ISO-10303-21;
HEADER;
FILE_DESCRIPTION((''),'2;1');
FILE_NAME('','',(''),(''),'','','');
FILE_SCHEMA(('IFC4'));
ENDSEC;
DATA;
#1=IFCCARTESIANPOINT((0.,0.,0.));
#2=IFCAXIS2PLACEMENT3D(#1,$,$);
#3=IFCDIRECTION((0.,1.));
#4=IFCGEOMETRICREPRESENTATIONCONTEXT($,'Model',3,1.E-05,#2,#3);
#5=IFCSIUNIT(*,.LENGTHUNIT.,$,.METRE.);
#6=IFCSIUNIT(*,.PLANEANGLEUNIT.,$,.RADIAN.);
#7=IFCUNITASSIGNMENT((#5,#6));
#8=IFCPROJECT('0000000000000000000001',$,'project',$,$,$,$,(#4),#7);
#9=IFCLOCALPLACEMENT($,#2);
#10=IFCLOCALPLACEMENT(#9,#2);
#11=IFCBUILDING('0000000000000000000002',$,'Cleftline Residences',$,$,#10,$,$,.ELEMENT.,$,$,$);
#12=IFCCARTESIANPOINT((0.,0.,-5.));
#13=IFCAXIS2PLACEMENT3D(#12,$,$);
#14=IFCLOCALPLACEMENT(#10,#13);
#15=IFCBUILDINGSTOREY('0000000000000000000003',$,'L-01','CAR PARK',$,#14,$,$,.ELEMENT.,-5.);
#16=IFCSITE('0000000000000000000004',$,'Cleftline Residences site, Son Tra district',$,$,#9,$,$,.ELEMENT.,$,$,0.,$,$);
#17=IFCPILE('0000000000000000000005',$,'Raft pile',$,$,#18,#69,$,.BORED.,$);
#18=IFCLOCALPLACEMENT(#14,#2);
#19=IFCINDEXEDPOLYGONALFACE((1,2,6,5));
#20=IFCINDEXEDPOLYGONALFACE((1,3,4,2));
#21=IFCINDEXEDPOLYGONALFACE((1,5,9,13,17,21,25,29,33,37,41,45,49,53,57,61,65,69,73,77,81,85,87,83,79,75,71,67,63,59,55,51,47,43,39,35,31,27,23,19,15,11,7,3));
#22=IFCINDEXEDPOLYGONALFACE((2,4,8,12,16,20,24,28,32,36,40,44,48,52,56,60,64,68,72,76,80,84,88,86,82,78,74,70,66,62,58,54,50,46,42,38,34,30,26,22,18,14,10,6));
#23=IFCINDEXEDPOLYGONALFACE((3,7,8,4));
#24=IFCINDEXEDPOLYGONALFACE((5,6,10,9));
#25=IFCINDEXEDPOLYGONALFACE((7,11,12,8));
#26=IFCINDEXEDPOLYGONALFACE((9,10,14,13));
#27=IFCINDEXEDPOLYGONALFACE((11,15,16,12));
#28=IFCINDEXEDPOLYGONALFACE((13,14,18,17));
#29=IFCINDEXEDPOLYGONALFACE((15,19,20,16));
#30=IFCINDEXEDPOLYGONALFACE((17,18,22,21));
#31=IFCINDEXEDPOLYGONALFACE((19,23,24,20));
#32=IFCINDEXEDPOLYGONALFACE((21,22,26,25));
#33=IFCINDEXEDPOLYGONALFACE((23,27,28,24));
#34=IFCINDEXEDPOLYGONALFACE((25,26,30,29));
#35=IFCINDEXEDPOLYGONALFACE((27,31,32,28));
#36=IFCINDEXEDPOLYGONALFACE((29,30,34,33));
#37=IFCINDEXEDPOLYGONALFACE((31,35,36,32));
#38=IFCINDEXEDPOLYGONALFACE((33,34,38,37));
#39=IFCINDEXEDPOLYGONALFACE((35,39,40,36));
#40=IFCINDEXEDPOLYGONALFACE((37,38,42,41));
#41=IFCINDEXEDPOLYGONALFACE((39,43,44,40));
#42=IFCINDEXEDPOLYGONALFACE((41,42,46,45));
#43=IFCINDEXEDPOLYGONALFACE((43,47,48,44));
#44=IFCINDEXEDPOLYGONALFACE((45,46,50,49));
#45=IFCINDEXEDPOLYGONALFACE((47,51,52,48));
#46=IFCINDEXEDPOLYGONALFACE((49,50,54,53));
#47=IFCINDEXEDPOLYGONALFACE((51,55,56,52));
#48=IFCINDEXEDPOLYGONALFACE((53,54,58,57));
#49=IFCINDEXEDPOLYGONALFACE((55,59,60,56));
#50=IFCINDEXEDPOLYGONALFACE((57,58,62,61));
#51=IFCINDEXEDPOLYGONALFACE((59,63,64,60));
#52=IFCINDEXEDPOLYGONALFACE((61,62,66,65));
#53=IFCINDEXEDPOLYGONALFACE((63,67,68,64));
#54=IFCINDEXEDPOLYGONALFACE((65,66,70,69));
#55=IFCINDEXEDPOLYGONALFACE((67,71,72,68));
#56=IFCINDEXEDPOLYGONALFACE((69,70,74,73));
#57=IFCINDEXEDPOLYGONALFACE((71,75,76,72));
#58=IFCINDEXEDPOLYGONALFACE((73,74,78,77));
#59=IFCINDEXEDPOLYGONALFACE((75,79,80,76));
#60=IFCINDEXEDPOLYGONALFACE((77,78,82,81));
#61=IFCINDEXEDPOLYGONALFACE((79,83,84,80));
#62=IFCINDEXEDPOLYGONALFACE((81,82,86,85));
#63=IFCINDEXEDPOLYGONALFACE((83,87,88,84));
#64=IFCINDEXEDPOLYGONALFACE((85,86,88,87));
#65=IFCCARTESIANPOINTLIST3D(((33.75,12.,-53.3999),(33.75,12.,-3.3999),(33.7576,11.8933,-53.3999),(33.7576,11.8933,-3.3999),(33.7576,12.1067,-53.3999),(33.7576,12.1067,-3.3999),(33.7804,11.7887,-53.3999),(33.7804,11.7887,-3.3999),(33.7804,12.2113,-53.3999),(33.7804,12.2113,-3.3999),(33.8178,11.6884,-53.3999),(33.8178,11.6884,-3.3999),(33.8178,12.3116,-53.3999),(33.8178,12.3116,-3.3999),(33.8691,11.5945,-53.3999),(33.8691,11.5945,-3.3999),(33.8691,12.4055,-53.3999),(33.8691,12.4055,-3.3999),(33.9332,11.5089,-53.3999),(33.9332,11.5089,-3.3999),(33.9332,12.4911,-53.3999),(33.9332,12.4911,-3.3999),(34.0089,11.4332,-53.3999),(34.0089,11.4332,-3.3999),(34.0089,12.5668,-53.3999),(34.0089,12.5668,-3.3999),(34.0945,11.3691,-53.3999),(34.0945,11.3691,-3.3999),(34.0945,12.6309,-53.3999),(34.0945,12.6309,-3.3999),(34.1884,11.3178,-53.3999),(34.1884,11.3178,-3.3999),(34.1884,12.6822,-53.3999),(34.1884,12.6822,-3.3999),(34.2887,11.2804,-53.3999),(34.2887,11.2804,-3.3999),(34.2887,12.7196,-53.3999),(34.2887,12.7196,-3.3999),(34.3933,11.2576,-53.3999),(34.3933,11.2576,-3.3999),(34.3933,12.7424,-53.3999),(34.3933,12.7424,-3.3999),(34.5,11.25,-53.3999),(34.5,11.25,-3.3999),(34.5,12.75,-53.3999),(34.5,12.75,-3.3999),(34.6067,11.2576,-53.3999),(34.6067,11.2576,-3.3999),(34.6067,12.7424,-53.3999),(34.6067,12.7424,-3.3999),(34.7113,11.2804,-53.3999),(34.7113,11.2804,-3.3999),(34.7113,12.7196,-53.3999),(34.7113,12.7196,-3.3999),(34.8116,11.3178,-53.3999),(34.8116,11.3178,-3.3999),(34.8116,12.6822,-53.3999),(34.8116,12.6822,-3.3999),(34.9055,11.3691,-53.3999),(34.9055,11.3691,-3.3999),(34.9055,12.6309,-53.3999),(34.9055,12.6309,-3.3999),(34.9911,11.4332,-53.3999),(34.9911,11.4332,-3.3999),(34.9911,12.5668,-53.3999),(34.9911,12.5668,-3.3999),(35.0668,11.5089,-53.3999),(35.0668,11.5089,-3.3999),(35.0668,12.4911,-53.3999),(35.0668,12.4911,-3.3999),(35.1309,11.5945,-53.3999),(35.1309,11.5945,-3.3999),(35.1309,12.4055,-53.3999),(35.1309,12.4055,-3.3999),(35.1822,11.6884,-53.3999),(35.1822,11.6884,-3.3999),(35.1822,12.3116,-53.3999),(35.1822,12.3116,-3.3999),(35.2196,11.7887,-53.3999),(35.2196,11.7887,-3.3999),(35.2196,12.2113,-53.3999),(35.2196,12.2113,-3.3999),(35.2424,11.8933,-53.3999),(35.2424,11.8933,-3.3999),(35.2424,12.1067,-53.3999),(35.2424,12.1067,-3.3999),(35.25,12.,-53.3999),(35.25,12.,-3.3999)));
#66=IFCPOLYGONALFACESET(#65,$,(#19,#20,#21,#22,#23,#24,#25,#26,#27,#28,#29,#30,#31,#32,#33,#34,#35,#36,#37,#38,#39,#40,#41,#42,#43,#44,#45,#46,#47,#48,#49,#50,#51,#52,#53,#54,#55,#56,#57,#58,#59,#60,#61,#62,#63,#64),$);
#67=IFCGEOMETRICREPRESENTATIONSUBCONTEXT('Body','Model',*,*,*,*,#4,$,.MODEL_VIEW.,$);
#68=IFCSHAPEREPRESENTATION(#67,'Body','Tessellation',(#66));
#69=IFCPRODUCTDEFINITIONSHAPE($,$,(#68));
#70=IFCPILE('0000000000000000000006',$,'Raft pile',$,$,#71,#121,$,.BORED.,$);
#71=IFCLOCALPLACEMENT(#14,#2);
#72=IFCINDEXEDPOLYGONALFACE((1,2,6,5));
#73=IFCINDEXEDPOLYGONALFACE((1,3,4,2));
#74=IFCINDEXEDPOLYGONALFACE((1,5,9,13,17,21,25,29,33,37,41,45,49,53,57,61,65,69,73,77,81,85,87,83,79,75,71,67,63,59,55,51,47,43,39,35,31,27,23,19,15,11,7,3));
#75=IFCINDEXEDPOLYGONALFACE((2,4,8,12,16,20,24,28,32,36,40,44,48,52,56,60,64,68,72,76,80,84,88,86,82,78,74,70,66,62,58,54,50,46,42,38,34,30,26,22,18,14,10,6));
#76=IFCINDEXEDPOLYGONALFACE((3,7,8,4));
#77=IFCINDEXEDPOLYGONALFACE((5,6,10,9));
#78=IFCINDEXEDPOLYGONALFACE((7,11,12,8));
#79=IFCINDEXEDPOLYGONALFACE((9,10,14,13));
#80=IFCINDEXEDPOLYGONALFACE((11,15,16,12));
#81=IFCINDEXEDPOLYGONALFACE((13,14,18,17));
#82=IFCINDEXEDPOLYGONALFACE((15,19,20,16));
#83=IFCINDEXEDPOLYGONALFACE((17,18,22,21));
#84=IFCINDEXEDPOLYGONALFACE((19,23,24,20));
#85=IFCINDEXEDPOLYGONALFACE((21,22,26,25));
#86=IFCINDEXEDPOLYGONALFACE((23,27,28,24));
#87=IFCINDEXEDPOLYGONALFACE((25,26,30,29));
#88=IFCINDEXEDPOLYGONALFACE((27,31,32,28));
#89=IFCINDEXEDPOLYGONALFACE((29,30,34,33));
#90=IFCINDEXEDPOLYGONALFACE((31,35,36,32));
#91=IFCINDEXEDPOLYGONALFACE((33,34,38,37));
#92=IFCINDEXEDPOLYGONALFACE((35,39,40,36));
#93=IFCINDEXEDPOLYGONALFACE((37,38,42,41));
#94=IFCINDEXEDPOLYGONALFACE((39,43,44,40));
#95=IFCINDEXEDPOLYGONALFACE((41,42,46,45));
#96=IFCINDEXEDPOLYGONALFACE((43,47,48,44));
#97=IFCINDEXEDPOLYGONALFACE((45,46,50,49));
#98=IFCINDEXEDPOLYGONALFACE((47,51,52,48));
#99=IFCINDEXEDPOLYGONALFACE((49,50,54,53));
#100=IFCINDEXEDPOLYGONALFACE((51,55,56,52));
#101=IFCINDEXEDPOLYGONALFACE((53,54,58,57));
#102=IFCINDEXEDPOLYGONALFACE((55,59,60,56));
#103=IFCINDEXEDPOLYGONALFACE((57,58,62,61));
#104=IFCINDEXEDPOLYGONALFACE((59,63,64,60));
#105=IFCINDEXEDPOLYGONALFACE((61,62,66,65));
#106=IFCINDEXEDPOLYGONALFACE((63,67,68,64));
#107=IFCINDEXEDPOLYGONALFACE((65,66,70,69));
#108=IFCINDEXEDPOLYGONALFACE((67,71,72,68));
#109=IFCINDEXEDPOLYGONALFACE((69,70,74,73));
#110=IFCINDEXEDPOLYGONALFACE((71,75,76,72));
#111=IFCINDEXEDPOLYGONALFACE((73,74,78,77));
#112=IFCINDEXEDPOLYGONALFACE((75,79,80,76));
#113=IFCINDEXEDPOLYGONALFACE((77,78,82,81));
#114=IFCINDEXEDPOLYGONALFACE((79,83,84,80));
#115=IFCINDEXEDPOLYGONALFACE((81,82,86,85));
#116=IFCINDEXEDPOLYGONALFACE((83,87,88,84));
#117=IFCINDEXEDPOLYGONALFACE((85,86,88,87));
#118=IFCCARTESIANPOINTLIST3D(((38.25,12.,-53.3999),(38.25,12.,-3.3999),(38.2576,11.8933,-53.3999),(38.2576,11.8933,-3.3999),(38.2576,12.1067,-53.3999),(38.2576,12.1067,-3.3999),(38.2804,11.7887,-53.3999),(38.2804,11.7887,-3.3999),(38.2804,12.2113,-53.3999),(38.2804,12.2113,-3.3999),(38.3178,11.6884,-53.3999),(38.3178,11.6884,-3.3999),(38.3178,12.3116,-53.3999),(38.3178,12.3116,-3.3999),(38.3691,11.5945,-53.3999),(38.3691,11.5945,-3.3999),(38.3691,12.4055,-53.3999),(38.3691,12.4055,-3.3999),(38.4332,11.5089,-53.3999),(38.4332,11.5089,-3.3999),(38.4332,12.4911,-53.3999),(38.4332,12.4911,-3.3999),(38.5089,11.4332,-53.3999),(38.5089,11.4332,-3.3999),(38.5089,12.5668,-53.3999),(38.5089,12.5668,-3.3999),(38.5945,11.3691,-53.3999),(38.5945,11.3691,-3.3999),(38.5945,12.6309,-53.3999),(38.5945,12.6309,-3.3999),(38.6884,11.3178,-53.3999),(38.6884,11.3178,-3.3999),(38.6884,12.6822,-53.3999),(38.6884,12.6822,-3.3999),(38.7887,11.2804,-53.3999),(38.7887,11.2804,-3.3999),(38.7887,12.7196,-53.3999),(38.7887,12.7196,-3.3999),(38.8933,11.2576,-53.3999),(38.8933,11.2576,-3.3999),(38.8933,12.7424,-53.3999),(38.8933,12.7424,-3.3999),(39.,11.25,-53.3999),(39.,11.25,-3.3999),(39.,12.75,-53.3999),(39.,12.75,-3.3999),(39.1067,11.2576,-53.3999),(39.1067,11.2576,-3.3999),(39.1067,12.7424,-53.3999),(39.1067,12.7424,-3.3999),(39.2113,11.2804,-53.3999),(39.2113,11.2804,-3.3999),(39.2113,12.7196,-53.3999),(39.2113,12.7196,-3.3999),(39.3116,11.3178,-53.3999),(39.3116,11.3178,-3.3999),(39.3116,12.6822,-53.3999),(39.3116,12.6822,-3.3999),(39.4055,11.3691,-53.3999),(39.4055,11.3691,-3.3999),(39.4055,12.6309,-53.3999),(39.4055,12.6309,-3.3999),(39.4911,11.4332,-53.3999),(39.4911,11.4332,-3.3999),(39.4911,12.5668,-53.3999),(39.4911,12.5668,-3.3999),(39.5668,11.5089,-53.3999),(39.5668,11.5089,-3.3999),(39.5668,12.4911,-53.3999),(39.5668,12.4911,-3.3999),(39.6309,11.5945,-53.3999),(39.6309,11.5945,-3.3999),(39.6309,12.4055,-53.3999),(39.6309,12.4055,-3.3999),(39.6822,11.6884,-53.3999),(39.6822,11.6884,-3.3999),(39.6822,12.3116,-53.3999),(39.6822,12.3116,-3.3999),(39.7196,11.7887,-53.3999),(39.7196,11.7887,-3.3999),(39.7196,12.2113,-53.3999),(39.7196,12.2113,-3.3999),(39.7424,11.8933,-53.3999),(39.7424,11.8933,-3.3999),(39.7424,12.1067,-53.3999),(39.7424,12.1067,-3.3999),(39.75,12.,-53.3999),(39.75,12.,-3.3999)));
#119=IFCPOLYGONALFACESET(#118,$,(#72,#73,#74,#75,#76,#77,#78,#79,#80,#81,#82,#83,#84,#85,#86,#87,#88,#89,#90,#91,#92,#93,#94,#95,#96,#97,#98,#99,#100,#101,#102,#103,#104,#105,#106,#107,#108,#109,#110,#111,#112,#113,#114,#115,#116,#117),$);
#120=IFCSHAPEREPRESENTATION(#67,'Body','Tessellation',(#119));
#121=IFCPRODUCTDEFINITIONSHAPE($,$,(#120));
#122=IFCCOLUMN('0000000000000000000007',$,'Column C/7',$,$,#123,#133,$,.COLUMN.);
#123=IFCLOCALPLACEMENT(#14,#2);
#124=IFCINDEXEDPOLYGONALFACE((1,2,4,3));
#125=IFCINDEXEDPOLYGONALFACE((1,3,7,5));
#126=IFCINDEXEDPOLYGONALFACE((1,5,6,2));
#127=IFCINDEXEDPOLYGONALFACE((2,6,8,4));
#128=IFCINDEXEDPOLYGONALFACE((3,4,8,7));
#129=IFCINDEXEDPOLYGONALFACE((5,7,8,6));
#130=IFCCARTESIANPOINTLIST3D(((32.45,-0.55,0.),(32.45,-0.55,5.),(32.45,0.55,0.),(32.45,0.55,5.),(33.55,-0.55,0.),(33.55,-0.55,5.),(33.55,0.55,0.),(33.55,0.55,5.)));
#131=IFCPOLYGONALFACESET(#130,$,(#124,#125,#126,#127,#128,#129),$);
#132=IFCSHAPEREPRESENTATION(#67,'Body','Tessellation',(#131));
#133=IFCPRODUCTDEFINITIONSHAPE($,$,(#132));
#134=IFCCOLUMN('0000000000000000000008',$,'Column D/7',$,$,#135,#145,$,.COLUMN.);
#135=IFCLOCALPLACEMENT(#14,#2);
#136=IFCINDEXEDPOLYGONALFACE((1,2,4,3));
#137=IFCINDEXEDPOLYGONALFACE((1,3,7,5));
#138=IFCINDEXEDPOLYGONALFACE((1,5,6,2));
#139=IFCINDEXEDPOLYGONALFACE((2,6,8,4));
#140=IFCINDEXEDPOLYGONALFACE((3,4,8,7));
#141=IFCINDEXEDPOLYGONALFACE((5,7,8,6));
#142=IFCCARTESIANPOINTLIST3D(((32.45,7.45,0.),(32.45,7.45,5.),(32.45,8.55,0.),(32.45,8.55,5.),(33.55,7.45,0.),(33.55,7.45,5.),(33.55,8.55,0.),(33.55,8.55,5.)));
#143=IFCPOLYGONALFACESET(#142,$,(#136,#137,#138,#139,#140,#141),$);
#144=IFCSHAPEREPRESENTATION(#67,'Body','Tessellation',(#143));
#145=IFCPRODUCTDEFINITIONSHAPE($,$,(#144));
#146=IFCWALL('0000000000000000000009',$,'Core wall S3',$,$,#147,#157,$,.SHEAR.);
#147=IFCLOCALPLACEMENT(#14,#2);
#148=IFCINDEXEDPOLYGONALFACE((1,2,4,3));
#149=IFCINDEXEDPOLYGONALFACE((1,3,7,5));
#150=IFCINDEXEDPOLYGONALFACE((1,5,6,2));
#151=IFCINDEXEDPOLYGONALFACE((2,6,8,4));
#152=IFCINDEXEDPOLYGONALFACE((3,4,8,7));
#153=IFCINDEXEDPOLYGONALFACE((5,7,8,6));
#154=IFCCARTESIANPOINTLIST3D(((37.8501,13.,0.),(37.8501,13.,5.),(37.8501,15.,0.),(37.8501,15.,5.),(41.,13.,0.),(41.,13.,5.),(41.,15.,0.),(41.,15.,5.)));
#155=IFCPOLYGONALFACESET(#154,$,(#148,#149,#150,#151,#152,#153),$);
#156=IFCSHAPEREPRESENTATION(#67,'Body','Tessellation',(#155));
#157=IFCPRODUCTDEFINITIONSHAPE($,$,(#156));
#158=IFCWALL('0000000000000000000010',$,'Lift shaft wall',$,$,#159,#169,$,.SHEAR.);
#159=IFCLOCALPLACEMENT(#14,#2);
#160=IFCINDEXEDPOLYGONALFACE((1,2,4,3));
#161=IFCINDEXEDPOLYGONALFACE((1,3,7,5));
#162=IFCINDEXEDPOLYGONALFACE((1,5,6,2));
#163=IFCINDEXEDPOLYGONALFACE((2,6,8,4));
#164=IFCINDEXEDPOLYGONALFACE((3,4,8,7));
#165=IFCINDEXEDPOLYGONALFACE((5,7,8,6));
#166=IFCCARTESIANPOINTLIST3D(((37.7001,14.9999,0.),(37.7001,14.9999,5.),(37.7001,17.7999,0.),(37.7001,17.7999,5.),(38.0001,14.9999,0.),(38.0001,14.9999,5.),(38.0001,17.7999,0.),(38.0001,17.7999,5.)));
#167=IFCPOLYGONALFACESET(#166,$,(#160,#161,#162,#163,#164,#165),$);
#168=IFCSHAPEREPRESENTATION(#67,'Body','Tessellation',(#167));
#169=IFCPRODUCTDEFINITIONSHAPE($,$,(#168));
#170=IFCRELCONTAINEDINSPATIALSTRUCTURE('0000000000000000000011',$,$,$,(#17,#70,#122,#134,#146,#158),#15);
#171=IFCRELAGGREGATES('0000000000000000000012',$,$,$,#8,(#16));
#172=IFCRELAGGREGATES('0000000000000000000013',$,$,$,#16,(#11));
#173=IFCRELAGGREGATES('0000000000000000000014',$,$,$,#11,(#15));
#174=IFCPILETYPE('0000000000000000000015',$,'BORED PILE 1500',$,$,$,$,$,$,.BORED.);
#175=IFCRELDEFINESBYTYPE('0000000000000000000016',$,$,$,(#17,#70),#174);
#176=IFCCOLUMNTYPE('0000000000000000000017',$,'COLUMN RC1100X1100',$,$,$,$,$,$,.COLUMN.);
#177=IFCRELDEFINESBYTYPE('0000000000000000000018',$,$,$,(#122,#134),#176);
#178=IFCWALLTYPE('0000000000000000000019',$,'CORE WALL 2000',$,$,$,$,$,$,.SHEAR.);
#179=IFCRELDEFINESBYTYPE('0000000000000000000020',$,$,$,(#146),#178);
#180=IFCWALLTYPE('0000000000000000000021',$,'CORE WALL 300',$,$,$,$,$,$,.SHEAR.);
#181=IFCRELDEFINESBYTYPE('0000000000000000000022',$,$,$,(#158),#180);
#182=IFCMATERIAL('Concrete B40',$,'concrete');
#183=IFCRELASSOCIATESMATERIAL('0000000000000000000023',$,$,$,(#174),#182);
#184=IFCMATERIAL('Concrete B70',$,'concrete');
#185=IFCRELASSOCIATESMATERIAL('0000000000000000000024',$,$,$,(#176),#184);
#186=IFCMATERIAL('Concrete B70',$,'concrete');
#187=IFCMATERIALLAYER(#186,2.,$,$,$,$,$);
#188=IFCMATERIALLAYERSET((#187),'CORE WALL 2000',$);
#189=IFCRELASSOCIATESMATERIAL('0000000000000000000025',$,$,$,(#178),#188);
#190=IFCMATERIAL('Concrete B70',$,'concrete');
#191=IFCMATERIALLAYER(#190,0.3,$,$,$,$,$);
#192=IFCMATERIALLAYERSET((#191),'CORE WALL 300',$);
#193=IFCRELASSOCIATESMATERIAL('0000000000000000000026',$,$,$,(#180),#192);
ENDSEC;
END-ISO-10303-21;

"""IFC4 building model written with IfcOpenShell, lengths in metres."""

from ifc_helpers import new_model, si_unit, direction, frame, frame_2d, origin, origin_2d, place, context, subcontext, project, spatial, rectangle, circle, extrude, material, layer, layer_set, material_profile, profile_set, type_object, element, save


model = new_model("IFC4")

# Units and contexts
model_context = context("Model", 3, precision=1e-05, world=origin(), true_north=direction((0.0, 1.0)))
body_context = subcontext(model_context, "Body", "Model", "MODEL_VIEW")
ifc_project = project(units=[si_unit("LENGTHUNIT", "METRE"), si_unit("PLANEANGLEUNIT", "RADIAN")], contexts=[model_context])

# Site, building, storey
site_placement = place(None, origin())
site = spatial("IfcSite", under=ifc_project, at=site_placement, Name="Cleftline Residences site, Son Tra district", CompositionType="ELEMENT", RefElevation=0.0)
building_placement = place(site_placement, origin())
building = spatial("IfcBuilding", under=site, at=building_placement, Name="Cleftline Residences", CompositionType="ELEMENT")
storey_placement = place(building_placement, frame((0.0, 0.0, -5.0)))
storey = spatial("IfcBuildingStorey", under=building, at=storey_placement, Name="L-01", Description="CAR PARK", CompositionType="ELEMENT", Elevation=-5.0)

# Piles
ifc_material_1 = material(Name="Concrete B40", Category="concrete")
ifc_material_profile_1 = material_profile(ifc_material_1, circle(Radius=0.75, at=origin_2d()))
ifc_profile_set_1 = profile_set([ifc_material_profile_1], Name="Concrete B40")
pile_type = type_object("IfcPileType", Name="BORED PILE 1500", PredefinedType="BORED", material=ifc_profile_set_1)
for number, where, z_axis, x_axis, name in (
    (1, (34.5, 12.0, -3.3999), (0.0, 0.0, -1.0), (1.0, 0.0, 0.0), "Raft pile"),
    (2, (39.0, 12.0, -3.3999), (0.0, 0.0, -1.0), (1.0, 0.0, 0.0), "Raft pile"),
):
    element("IfcPile", number, at=place(storey_placement, frame(where, z_axis=z_axis, x_axis=x_axis)), inside=storey, type_object=pile_type, Name=name, PredefinedType="BORED", context=body_context, shape_type="SweptSolid", body=[
        extrude(circle(Radius=0.75, at=origin_2d()), origin(), (0.0, 0.0, 1.0), 50.0),
    ])

# Columns
ifc_material_2 = material(Name="Concrete B70", Category="concrete")
ifc_material_profile_2 = material_profile(ifc_material_2, rectangle(XDim=1.1001, YDim=1.1001, at=origin_2d()))
ifc_profile_set_2 = profile_set([ifc_material_profile_2], Name="Concrete B70")
column_type = type_object("IfcColumnType", Name="COLUMN RC1100X1100", PredefinedType="COLUMN", material=ifc_profile_set_2)
for number, where, z_axis, x_axis, name in (
    (3, (33.0, 0.0, 0.0), (0.0, 0.0, 1.0), (1.0, 0.0, 0.0), "Column C/7"),
    (4, (33.0, 8.0, 0.0), (0.0, 0.0, 1.0), (1.0, 0.0, 0.0), "Column D/7"),
):
    element("IfcColumn", number, at=place(storey_placement, frame(where, z_axis=z_axis, x_axis=x_axis)), inside=storey, type_object=column_type, Name=name, PredefinedType="COLUMN", context=body_context, shape_type="SweptSolid", body=[
        extrude(rectangle(XDim=1.1001, YDim=1.1001, at=origin_2d()), origin(), (0.0, 0.0, 1.0), 5.0),
    ])

# Walls
ifc_material_3 = material(Name="Concrete B70", Category="concrete")
ifc_layer_1 = layer(ifc_material_3, 2.0)
ifc_layer_set_1 = layer_set([ifc_layer_1], Name="CORE WALL 2000")
wall_type_1 = type_object("IfcWallType", Name="CORE WALL 2000", PredefinedType="SHEAR", material=ifc_layer_set_1)
wall_1_placement = place(storey_placement, frame((37.8501, 14.0, 0.0), z_axis=(0.0, 0.0, 1.0), x_axis=(1.0, 0.0, 0.0)))
element("IfcWall", 5, at=wall_1_placement, inside=storey, type_object=wall_type_1, Name="Core wall S3", PredefinedType="SHEAR", context=body_context, shape_type="SweptSolid", body=[
    extrude(rectangle(XDim=3.1499, YDim=2.0, at=frame_2d((1.575, 0.0))), origin(), (0.0, 0.0, 1.0), 5.0),
])
ifc_material_4 = material(Name="Concrete B70", Category="concrete")
ifc_layer_2 = layer(ifc_material_4, 0.3)
ifc_layer_set_2 = layer_set([ifc_layer_2], Name="CORE WALL 300")
wall_type_2 = type_object("IfcWallType", Name="CORE WALL 300", PredefinedType="SHEAR", material=ifc_layer_set_2)
wall_2_placement = place(storey_placement, frame((37.8501, 15.0, 0.0), z_axis=(0.0, 0.0, 1.0), x_axis=(0.0, 1.0, 0.0)))
element("IfcWall", 6, at=wall_2_placement, inside=storey, type_object=wall_type_2, Name="Lift shaft wall", PredefinedType="SHEAR", context=body_context, shape_type="SweptSolid", body=[
    extrude(rectangle(XDim=2.8, YDim=0.3, at=frame_2d((1.3999, 0.0))), origin(), (0.0, 0.0, 1.0), 5.0),
])

save(model, "model.ifc")
